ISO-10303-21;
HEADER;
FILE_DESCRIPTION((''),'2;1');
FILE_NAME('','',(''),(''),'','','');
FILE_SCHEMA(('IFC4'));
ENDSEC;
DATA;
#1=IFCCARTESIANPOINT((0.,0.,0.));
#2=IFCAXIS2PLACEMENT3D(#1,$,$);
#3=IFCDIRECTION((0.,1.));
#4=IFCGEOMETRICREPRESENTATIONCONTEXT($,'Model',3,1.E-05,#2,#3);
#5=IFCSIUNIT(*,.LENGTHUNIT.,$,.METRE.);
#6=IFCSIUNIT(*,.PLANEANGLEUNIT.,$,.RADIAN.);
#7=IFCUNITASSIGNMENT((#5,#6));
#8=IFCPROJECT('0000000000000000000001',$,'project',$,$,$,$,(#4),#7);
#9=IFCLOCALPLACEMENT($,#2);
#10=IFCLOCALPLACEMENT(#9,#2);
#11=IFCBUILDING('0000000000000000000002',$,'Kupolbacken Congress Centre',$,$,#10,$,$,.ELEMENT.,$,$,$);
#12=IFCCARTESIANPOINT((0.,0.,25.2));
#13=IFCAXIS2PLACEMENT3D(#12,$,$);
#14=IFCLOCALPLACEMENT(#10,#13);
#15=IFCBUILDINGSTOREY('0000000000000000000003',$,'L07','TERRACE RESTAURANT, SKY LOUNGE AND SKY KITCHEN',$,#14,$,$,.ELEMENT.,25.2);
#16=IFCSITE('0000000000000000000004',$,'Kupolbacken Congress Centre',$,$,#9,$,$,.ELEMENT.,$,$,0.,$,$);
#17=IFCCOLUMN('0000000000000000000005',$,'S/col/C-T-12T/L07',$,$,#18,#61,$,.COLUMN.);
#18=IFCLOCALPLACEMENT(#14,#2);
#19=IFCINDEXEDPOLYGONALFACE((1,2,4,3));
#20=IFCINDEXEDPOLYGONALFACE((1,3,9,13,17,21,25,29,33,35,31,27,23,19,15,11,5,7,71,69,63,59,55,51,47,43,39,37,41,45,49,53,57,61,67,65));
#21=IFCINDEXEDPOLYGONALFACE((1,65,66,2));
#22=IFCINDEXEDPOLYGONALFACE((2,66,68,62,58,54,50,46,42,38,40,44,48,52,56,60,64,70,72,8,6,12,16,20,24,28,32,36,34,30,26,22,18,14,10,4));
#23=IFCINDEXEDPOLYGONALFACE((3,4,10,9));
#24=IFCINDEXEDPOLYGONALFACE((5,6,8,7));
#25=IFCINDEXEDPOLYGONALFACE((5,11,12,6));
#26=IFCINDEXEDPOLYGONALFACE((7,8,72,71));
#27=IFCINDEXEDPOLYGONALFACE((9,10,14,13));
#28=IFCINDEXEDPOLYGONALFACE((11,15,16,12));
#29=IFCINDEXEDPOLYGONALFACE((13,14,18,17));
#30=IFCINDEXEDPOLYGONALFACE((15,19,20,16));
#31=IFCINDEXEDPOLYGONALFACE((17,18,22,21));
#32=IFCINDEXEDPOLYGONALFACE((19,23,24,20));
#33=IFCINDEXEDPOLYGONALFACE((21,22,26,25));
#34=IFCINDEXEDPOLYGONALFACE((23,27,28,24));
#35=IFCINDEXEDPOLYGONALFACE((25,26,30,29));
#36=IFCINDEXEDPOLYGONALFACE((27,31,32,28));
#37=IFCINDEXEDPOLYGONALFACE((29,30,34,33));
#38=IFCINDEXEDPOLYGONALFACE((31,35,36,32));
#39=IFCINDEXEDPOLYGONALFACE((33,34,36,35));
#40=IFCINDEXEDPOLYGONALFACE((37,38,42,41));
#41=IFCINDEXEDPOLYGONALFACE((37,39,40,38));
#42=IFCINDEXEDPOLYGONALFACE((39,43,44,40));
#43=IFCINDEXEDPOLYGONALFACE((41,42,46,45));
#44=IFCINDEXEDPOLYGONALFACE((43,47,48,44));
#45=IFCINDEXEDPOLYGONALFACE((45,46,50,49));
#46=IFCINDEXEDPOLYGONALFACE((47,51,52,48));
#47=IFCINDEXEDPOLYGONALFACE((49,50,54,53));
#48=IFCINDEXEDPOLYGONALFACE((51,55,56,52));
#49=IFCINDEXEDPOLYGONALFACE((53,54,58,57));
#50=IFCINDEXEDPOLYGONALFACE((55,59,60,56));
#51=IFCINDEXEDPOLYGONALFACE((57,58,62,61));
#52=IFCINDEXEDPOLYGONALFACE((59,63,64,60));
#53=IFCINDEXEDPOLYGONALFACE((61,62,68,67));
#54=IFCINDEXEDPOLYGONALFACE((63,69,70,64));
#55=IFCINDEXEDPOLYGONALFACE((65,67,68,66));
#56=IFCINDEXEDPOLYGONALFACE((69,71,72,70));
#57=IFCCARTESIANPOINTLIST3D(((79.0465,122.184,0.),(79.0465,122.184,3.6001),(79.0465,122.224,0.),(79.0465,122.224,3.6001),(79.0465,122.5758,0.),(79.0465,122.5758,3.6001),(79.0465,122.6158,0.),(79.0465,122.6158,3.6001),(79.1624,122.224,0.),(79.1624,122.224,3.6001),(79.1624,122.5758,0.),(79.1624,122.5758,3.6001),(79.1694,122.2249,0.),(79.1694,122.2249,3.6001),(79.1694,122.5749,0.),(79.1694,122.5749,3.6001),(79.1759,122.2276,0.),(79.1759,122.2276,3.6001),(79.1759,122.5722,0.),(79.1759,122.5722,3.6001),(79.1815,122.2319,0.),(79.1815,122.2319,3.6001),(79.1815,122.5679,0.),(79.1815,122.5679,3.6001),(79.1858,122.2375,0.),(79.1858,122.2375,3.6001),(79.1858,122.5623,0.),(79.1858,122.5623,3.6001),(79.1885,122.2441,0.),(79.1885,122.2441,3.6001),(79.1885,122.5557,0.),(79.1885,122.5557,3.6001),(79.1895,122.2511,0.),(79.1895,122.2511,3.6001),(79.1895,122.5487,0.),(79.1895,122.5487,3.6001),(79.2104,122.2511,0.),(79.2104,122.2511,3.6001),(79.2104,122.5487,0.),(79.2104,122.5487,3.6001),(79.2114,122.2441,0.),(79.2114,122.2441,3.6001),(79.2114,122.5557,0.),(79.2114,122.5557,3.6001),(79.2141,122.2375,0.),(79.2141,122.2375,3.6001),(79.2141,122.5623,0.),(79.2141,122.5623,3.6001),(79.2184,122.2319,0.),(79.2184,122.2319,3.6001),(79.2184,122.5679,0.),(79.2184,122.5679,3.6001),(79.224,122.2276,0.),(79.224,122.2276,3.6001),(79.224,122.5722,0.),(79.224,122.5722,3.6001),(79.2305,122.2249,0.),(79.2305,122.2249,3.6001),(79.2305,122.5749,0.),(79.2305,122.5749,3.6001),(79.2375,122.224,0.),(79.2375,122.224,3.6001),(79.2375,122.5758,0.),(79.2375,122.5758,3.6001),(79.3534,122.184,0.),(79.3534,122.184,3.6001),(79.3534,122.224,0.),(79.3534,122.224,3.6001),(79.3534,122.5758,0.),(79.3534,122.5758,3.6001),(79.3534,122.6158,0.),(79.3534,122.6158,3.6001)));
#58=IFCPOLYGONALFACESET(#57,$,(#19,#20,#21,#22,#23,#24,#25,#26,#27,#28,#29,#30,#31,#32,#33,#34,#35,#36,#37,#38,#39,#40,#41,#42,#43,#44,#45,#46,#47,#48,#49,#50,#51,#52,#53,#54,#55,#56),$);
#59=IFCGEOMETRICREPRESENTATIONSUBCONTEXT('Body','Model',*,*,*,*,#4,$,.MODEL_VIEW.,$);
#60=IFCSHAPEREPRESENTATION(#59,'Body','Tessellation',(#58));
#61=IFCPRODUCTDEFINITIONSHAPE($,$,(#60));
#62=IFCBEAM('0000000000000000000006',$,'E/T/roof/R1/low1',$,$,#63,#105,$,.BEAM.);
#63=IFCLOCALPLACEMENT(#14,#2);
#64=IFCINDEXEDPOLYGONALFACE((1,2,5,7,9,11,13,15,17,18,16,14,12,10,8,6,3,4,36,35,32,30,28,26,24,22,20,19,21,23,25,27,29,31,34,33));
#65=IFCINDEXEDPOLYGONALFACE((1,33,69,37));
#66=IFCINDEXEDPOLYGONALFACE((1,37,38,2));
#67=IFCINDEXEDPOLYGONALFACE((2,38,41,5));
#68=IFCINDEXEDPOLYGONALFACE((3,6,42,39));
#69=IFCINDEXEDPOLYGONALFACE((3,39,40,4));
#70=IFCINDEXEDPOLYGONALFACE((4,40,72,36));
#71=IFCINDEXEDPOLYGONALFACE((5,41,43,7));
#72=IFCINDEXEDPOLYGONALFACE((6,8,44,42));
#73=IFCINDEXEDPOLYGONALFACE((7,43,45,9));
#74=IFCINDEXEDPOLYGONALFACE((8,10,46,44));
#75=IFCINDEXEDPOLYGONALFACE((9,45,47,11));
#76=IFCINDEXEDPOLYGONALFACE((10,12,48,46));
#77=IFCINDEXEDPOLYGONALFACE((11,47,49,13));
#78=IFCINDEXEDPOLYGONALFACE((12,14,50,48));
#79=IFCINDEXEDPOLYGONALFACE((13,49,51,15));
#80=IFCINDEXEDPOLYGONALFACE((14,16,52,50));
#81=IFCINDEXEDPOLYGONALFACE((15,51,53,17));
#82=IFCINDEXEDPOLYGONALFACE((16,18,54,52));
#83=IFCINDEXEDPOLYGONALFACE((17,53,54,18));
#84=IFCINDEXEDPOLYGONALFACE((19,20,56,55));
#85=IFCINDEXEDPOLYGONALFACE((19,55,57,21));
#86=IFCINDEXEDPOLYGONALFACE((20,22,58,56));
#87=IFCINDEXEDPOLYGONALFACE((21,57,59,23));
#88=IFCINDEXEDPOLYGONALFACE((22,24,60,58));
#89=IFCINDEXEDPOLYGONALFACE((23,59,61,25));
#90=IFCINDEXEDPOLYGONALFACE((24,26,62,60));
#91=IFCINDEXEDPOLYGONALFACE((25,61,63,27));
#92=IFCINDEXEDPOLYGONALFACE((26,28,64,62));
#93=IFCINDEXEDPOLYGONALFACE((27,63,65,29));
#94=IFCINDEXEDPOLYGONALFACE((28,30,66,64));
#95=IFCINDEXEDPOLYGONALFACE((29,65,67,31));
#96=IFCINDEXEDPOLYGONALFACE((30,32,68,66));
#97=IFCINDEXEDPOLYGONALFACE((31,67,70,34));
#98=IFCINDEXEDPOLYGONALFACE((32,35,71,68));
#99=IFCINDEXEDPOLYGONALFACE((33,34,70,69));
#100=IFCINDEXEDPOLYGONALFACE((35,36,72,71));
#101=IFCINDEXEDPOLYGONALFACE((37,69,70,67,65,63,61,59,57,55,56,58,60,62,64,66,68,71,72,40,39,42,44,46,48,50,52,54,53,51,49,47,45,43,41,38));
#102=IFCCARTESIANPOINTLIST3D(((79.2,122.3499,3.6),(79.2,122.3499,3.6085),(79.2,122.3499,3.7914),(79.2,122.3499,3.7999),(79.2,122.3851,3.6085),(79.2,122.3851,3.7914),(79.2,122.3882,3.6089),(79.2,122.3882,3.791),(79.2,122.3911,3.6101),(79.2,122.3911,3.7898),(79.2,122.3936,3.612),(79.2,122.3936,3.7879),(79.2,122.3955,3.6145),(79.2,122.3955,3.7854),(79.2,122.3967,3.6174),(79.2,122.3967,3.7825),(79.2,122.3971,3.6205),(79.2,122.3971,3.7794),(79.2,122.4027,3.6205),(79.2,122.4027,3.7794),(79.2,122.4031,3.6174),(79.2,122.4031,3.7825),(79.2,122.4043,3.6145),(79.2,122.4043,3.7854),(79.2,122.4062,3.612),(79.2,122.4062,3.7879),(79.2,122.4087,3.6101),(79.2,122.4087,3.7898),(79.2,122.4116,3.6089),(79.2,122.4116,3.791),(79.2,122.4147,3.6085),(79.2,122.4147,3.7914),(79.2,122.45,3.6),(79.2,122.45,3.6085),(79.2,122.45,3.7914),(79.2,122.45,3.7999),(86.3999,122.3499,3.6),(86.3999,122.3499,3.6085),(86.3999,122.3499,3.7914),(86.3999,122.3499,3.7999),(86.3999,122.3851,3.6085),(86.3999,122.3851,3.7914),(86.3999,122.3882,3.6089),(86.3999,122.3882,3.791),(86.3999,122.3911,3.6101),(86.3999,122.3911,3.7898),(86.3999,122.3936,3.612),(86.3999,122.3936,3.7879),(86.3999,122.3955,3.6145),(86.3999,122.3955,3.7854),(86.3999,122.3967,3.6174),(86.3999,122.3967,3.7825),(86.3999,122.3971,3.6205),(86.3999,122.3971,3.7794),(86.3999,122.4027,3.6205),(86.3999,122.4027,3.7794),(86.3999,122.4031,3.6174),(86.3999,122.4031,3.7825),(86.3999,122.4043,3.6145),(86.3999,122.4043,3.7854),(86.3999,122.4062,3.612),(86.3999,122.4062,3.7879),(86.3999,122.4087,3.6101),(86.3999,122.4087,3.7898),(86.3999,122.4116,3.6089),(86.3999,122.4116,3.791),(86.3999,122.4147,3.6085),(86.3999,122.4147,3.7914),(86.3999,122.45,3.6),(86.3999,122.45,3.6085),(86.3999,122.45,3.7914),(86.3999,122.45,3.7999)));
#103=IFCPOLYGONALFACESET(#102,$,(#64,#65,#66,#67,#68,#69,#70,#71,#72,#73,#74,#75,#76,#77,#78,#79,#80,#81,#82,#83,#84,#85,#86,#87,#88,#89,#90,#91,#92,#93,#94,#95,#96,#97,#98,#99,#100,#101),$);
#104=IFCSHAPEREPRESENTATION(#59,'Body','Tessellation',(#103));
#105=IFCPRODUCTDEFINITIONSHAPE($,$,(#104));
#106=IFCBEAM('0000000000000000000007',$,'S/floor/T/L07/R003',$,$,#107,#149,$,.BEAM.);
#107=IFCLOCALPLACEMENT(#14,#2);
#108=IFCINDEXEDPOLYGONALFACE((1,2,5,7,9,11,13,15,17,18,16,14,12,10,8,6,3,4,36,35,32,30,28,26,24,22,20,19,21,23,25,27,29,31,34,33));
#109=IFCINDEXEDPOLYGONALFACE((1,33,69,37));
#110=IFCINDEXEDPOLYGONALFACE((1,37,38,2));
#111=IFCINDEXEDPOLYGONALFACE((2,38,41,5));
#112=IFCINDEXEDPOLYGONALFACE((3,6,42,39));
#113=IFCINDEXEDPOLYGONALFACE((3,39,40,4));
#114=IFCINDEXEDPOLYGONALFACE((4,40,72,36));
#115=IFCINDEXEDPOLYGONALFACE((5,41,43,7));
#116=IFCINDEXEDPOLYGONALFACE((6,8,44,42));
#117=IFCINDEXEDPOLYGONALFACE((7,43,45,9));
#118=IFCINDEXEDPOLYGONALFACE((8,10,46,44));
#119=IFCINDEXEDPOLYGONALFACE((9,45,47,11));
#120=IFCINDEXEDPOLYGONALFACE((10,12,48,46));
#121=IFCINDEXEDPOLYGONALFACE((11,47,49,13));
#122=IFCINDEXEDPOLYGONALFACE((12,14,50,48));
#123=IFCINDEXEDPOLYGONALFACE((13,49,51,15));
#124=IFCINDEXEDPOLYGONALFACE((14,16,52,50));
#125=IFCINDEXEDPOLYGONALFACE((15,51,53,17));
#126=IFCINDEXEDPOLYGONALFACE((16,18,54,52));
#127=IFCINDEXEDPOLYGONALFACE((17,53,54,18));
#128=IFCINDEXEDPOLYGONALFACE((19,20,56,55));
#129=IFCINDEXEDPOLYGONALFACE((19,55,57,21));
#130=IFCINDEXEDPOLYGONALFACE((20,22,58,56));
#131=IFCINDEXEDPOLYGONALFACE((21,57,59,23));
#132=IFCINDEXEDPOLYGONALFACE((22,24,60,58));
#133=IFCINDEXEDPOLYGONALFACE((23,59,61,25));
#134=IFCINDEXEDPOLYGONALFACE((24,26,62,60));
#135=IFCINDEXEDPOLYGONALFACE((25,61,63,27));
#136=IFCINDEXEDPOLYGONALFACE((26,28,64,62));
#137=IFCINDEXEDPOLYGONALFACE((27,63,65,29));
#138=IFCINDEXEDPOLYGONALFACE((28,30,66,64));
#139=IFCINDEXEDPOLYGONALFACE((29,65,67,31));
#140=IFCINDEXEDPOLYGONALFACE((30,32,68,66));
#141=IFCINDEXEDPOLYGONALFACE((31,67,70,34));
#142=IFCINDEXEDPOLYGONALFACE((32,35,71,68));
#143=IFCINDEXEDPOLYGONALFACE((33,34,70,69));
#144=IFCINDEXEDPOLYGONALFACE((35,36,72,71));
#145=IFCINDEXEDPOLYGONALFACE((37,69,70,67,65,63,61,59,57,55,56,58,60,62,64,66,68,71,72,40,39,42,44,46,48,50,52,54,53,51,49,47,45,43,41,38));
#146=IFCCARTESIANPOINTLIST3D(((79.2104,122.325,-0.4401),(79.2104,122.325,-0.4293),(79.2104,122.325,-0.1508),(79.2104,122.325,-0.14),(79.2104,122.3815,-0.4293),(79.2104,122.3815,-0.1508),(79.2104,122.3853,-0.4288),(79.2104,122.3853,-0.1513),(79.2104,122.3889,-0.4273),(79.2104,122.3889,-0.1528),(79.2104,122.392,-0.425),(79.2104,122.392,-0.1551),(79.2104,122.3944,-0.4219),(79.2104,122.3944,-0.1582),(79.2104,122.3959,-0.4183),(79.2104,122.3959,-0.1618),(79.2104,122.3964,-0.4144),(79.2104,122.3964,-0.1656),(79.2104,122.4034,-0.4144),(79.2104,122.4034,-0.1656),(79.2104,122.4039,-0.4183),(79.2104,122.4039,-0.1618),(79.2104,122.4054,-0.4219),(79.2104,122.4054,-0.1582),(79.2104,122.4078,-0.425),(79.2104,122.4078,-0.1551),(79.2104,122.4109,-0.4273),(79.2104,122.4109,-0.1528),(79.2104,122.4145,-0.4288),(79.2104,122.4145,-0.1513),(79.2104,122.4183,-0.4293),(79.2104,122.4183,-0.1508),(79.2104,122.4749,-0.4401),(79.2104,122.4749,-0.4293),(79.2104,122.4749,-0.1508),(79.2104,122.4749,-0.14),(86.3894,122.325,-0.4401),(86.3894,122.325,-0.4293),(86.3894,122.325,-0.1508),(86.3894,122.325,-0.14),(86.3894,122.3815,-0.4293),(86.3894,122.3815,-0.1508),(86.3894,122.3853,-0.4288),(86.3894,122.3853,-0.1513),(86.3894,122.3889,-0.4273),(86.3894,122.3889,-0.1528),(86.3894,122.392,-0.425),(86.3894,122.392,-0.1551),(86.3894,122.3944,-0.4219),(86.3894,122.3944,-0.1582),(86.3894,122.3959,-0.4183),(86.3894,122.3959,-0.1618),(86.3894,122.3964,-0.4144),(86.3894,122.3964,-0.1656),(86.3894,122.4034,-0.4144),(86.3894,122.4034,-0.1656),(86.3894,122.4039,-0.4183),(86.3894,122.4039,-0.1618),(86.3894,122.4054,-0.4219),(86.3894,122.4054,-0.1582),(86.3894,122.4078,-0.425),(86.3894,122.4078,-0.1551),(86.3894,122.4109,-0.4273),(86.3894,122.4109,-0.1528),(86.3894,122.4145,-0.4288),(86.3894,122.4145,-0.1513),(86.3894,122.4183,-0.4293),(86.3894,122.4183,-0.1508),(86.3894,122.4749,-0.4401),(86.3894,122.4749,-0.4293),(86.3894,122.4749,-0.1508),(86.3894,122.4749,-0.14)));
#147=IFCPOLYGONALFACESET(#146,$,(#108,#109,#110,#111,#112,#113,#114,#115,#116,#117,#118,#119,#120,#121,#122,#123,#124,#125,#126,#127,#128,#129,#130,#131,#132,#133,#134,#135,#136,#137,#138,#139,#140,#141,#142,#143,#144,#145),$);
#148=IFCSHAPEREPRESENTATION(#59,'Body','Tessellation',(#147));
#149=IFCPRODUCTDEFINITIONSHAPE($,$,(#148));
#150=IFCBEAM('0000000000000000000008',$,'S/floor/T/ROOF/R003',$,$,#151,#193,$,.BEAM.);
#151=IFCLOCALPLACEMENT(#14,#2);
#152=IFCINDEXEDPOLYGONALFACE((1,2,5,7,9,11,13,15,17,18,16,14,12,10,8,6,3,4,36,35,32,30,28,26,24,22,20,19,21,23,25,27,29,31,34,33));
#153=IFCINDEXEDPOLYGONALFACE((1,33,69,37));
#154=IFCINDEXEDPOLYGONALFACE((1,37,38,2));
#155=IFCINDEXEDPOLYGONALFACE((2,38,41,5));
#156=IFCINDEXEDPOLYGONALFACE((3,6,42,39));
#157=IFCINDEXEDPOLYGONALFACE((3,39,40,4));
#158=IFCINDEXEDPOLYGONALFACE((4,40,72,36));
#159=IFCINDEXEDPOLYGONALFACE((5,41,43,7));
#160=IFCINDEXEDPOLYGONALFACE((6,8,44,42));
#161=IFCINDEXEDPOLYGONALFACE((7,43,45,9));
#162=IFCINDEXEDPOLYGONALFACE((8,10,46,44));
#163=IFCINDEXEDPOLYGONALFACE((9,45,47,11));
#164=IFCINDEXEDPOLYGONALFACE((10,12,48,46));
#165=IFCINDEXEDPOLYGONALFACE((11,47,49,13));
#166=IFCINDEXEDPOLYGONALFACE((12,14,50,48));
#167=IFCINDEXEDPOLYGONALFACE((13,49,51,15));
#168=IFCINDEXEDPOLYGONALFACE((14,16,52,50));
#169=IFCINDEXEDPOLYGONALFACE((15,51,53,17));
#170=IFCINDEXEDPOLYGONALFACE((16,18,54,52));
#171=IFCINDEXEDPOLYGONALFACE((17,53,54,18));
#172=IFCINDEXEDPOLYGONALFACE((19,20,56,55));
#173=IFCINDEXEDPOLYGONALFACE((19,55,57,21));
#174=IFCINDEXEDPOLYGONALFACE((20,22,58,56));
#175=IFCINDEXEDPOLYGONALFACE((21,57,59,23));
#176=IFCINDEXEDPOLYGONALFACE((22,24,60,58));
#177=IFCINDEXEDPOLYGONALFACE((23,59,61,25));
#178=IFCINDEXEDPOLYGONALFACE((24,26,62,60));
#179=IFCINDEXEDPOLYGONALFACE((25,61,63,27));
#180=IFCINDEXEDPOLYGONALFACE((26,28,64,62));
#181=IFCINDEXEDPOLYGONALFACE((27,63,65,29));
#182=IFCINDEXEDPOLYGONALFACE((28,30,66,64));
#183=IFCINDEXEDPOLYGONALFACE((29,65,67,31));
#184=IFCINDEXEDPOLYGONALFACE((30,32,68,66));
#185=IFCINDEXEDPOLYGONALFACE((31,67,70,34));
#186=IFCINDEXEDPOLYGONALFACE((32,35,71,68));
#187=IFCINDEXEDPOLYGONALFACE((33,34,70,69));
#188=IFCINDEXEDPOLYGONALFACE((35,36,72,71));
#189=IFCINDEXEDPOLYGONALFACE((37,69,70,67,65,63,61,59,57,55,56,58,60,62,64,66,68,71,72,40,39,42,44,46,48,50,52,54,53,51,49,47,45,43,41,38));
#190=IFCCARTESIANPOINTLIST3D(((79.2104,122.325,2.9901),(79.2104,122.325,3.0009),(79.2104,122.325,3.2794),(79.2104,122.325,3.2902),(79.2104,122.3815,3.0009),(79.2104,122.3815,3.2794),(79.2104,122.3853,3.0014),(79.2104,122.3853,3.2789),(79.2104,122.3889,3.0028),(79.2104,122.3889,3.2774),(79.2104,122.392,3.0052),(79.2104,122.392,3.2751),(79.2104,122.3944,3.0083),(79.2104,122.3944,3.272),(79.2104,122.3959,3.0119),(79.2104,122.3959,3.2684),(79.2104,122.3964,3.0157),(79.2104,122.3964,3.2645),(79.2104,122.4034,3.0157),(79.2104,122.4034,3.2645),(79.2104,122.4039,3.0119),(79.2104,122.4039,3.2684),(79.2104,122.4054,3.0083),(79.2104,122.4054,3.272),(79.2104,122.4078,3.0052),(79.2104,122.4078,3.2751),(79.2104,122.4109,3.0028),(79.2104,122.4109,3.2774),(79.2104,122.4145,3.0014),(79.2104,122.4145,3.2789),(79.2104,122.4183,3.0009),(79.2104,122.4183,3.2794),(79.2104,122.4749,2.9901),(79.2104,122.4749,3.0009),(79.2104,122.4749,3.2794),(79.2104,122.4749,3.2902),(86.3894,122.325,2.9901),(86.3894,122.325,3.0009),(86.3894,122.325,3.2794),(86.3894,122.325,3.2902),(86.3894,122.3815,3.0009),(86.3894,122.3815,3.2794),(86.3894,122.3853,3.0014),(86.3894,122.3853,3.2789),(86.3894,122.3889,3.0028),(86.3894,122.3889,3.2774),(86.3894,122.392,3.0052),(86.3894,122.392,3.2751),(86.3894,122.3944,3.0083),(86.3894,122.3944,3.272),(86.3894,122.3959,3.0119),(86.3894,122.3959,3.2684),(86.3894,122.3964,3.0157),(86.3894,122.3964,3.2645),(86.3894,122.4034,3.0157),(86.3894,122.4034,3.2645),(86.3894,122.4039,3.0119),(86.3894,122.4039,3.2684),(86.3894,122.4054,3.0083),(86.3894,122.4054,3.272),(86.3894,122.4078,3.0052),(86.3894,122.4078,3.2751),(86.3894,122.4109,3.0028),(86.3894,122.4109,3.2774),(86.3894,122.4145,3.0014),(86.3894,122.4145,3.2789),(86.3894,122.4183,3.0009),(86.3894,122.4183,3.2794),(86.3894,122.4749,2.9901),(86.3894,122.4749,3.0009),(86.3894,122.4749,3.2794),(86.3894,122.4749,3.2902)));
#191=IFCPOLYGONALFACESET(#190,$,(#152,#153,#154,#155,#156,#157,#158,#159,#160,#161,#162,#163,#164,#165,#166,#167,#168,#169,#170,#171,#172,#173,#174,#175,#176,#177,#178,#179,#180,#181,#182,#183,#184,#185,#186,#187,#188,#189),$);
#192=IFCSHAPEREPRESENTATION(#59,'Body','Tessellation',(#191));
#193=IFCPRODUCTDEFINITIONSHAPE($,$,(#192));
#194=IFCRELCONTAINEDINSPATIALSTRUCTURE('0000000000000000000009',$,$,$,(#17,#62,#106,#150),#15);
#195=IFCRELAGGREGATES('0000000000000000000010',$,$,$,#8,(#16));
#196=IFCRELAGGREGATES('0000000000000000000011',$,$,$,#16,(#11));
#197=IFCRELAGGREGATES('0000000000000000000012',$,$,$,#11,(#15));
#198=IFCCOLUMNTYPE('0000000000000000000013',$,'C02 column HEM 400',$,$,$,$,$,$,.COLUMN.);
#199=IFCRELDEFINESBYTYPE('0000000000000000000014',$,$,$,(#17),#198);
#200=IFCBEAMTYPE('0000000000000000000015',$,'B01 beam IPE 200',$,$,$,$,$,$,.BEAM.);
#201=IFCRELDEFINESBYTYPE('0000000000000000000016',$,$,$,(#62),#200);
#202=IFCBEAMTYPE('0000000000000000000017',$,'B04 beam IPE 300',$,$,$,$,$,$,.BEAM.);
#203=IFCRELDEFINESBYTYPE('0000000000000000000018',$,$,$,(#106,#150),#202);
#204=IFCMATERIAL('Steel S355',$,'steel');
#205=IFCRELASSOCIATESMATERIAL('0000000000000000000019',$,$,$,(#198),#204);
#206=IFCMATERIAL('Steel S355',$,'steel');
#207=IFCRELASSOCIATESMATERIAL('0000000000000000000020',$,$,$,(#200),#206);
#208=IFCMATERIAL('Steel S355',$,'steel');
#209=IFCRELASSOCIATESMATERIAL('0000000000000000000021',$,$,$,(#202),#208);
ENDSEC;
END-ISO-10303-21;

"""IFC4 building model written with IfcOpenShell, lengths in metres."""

from ifc_helpers import new_model, si_unit, direction, frame, origin, origin_2d, place, context, subcontext, project, spatial, i_section, extrude, material, material_profile, profile_set, type_object, element, save


model = new_model("IFC4")

# Units and contexts
model_context = context("Model", 3, precision=1e-05, world=origin(), true_north=direction((0.0, 1.0)))
body_context = subcontext(model_context, "Body", "Model", "MODEL_VIEW")
ifc_project = project(units=[si_unit("LENGTHUNIT", "METRE"), si_unit("PLANEANGLEUNIT", "RADIAN")], contexts=[model_context])

# Site, building, storey
site_placement = place(None, origin())
site = spatial("IfcSite", under=ifc_project, at=site_placement, Name="Kupolbacken Congress Centre", CompositionType="ELEMENT", RefElevation=0.0)
building_placement = place(site_placement, origin())
building = spatial("IfcBuilding", under=site, at=building_placement, Name="Kupolbacken Congress Centre", CompositionType="ELEMENT")
storey_placement = place(building_placement, frame((0.0, 0.0, 25.2)))
storey = spatial("IfcBuildingStorey", under=building, at=storey_placement, Name="L07", Description="TERRACE RESTAURANT, SKY LOUNGE AND SKY KITCHEN", CompositionType="ELEMENT", Elevation=25.2)

# Column
ifc_material_1 = material(Name="Steel S355", Category="steel")
ifc_material_profile_1 = material_profile(ifc_material_1, i_section(OverallWidth=0.3069, OverallDepth=0.4319, WebThickness=0.021, FlangeThickness=0.04, FilletRadius=0.0271, at=origin_2d()), Name="HEM 400")
ifc_profile_set_1 = profile_set([ifc_material_profile_1], Name="Steel S355")
column_type = type_object("IfcColumnType", Name="C02 column HEM 400", PredefinedType="COLUMN", material=ifc_profile_set_1)
column_placement = place(storey_placement, frame((79.2, 122.3999, 0.0), z_axis=(0.0, 0.0, 1.0), x_axis=(1.0, 0.0, 0.0)))
element("IfcColumn", 1, at=column_placement, inside=storey, type_object=column_type, Name="S/col/C-T-12T/L07", PredefinedType="COLUMN", context=body_context, shape_type="SweptSolid", body=[
    extrude(i_section(OverallWidth=0.3069, OverallDepth=0.4319, WebThickness=0.021, FlangeThickness=0.04, FilletRadius=0.0271, at=origin_2d()), origin(), (0.0, 0.0, 1.0), 3.6001),
])

# Beams
ifc_material_2 = material(Name="Steel S355", Category="steel")
ifc_material_profile_2 = material_profile(ifc_material_2, i_section(OverallWidth=0.1001, OverallDepth=0.2, WebThickness=0.0056, FlangeThickness=0.0085, FilletRadius=0.012, at=origin_2d()), Name="IPE 200")
ifc_profile_set_2 = profile_set([ifc_material_profile_2], Name="Steel S355")
beam_type_1 = type_object("IfcBeamType", Name="B01 beam IPE 200", PredefinedType="BEAM", material=ifc_profile_set_2)
beam_placement = place(storey_placement, frame((79.2, 122.3999, 3.7), z_axis=(1.0, 0.0, 0.0), x_axis=(0.0, 1.0, 0.0)))
element("IfcBeam", 2, at=beam_placement, inside=storey, type_object=beam_type_1, Name="E/T/roof/R1/low1", PredefinedType="BEAM", context=body_context, shape_type="SweptSolid", body=[
    extrude(i_section(OverallWidth=0.1001, OverallDepth=0.2, WebThickness=0.0056, FlangeThickness=0.0085, FilletRadius=0.012, at=origin_2d()), origin(), (0.0, 0.0, 1.0), 7.2),
])
ifc_material_3 = material(Name="Steel S355", Category="steel")
ifc_material_profile_3 = material_profile(ifc_material_3, i_section(OverallWidth=0.1499, OverallDepth=0.3, WebThickness=0.0071, FlangeThickness=0.0107, FilletRadius=0.0149, at=origin_2d()), Name="IPE 300")
ifc_profile_set_3 = profile_set([ifc_material_profile_3], Name="Steel S355")
beam_type_2 = type_object("IfcBeamType", Name="B04 beam IPE 300", PredefinedType="BEAM", material=ifc_profile_set_3)
for number, where, z_axis, x_axis, name in (
    (3, (79.2104, 122.3999, -0.29), (1.0, 0.0, 0.0), (0.0, 1.0, 0.0), "S/floor/T/L07/R003"),
    (4, (79.2104, 122.3999, 3.1401), (1.0, 0.0, 0.0), (0.0, 1.0, 0.0), "S/floor/T/ROOF/R003"),
):
    element("IfcBeam", number, at=place(storey_placement, frame(where, z_axis=z_axis, x_axis=x_axis)), inside=storey, type_object=beam_type_2, Name=name, PredefinedType="BEAM", context=body_context, shape_type="SweptSolid", body=[
        extrude(i_section(OverallWidth=0.1499, OverallDepth=0.3, WebThickness=0.0071, FlangeThickness=0.0107, FilletRadius=0.0149, at=origin_2d()), origin(), (0.0, 0.0, 1.0), 7.179),
    ])

save(model, "model.ifc")
